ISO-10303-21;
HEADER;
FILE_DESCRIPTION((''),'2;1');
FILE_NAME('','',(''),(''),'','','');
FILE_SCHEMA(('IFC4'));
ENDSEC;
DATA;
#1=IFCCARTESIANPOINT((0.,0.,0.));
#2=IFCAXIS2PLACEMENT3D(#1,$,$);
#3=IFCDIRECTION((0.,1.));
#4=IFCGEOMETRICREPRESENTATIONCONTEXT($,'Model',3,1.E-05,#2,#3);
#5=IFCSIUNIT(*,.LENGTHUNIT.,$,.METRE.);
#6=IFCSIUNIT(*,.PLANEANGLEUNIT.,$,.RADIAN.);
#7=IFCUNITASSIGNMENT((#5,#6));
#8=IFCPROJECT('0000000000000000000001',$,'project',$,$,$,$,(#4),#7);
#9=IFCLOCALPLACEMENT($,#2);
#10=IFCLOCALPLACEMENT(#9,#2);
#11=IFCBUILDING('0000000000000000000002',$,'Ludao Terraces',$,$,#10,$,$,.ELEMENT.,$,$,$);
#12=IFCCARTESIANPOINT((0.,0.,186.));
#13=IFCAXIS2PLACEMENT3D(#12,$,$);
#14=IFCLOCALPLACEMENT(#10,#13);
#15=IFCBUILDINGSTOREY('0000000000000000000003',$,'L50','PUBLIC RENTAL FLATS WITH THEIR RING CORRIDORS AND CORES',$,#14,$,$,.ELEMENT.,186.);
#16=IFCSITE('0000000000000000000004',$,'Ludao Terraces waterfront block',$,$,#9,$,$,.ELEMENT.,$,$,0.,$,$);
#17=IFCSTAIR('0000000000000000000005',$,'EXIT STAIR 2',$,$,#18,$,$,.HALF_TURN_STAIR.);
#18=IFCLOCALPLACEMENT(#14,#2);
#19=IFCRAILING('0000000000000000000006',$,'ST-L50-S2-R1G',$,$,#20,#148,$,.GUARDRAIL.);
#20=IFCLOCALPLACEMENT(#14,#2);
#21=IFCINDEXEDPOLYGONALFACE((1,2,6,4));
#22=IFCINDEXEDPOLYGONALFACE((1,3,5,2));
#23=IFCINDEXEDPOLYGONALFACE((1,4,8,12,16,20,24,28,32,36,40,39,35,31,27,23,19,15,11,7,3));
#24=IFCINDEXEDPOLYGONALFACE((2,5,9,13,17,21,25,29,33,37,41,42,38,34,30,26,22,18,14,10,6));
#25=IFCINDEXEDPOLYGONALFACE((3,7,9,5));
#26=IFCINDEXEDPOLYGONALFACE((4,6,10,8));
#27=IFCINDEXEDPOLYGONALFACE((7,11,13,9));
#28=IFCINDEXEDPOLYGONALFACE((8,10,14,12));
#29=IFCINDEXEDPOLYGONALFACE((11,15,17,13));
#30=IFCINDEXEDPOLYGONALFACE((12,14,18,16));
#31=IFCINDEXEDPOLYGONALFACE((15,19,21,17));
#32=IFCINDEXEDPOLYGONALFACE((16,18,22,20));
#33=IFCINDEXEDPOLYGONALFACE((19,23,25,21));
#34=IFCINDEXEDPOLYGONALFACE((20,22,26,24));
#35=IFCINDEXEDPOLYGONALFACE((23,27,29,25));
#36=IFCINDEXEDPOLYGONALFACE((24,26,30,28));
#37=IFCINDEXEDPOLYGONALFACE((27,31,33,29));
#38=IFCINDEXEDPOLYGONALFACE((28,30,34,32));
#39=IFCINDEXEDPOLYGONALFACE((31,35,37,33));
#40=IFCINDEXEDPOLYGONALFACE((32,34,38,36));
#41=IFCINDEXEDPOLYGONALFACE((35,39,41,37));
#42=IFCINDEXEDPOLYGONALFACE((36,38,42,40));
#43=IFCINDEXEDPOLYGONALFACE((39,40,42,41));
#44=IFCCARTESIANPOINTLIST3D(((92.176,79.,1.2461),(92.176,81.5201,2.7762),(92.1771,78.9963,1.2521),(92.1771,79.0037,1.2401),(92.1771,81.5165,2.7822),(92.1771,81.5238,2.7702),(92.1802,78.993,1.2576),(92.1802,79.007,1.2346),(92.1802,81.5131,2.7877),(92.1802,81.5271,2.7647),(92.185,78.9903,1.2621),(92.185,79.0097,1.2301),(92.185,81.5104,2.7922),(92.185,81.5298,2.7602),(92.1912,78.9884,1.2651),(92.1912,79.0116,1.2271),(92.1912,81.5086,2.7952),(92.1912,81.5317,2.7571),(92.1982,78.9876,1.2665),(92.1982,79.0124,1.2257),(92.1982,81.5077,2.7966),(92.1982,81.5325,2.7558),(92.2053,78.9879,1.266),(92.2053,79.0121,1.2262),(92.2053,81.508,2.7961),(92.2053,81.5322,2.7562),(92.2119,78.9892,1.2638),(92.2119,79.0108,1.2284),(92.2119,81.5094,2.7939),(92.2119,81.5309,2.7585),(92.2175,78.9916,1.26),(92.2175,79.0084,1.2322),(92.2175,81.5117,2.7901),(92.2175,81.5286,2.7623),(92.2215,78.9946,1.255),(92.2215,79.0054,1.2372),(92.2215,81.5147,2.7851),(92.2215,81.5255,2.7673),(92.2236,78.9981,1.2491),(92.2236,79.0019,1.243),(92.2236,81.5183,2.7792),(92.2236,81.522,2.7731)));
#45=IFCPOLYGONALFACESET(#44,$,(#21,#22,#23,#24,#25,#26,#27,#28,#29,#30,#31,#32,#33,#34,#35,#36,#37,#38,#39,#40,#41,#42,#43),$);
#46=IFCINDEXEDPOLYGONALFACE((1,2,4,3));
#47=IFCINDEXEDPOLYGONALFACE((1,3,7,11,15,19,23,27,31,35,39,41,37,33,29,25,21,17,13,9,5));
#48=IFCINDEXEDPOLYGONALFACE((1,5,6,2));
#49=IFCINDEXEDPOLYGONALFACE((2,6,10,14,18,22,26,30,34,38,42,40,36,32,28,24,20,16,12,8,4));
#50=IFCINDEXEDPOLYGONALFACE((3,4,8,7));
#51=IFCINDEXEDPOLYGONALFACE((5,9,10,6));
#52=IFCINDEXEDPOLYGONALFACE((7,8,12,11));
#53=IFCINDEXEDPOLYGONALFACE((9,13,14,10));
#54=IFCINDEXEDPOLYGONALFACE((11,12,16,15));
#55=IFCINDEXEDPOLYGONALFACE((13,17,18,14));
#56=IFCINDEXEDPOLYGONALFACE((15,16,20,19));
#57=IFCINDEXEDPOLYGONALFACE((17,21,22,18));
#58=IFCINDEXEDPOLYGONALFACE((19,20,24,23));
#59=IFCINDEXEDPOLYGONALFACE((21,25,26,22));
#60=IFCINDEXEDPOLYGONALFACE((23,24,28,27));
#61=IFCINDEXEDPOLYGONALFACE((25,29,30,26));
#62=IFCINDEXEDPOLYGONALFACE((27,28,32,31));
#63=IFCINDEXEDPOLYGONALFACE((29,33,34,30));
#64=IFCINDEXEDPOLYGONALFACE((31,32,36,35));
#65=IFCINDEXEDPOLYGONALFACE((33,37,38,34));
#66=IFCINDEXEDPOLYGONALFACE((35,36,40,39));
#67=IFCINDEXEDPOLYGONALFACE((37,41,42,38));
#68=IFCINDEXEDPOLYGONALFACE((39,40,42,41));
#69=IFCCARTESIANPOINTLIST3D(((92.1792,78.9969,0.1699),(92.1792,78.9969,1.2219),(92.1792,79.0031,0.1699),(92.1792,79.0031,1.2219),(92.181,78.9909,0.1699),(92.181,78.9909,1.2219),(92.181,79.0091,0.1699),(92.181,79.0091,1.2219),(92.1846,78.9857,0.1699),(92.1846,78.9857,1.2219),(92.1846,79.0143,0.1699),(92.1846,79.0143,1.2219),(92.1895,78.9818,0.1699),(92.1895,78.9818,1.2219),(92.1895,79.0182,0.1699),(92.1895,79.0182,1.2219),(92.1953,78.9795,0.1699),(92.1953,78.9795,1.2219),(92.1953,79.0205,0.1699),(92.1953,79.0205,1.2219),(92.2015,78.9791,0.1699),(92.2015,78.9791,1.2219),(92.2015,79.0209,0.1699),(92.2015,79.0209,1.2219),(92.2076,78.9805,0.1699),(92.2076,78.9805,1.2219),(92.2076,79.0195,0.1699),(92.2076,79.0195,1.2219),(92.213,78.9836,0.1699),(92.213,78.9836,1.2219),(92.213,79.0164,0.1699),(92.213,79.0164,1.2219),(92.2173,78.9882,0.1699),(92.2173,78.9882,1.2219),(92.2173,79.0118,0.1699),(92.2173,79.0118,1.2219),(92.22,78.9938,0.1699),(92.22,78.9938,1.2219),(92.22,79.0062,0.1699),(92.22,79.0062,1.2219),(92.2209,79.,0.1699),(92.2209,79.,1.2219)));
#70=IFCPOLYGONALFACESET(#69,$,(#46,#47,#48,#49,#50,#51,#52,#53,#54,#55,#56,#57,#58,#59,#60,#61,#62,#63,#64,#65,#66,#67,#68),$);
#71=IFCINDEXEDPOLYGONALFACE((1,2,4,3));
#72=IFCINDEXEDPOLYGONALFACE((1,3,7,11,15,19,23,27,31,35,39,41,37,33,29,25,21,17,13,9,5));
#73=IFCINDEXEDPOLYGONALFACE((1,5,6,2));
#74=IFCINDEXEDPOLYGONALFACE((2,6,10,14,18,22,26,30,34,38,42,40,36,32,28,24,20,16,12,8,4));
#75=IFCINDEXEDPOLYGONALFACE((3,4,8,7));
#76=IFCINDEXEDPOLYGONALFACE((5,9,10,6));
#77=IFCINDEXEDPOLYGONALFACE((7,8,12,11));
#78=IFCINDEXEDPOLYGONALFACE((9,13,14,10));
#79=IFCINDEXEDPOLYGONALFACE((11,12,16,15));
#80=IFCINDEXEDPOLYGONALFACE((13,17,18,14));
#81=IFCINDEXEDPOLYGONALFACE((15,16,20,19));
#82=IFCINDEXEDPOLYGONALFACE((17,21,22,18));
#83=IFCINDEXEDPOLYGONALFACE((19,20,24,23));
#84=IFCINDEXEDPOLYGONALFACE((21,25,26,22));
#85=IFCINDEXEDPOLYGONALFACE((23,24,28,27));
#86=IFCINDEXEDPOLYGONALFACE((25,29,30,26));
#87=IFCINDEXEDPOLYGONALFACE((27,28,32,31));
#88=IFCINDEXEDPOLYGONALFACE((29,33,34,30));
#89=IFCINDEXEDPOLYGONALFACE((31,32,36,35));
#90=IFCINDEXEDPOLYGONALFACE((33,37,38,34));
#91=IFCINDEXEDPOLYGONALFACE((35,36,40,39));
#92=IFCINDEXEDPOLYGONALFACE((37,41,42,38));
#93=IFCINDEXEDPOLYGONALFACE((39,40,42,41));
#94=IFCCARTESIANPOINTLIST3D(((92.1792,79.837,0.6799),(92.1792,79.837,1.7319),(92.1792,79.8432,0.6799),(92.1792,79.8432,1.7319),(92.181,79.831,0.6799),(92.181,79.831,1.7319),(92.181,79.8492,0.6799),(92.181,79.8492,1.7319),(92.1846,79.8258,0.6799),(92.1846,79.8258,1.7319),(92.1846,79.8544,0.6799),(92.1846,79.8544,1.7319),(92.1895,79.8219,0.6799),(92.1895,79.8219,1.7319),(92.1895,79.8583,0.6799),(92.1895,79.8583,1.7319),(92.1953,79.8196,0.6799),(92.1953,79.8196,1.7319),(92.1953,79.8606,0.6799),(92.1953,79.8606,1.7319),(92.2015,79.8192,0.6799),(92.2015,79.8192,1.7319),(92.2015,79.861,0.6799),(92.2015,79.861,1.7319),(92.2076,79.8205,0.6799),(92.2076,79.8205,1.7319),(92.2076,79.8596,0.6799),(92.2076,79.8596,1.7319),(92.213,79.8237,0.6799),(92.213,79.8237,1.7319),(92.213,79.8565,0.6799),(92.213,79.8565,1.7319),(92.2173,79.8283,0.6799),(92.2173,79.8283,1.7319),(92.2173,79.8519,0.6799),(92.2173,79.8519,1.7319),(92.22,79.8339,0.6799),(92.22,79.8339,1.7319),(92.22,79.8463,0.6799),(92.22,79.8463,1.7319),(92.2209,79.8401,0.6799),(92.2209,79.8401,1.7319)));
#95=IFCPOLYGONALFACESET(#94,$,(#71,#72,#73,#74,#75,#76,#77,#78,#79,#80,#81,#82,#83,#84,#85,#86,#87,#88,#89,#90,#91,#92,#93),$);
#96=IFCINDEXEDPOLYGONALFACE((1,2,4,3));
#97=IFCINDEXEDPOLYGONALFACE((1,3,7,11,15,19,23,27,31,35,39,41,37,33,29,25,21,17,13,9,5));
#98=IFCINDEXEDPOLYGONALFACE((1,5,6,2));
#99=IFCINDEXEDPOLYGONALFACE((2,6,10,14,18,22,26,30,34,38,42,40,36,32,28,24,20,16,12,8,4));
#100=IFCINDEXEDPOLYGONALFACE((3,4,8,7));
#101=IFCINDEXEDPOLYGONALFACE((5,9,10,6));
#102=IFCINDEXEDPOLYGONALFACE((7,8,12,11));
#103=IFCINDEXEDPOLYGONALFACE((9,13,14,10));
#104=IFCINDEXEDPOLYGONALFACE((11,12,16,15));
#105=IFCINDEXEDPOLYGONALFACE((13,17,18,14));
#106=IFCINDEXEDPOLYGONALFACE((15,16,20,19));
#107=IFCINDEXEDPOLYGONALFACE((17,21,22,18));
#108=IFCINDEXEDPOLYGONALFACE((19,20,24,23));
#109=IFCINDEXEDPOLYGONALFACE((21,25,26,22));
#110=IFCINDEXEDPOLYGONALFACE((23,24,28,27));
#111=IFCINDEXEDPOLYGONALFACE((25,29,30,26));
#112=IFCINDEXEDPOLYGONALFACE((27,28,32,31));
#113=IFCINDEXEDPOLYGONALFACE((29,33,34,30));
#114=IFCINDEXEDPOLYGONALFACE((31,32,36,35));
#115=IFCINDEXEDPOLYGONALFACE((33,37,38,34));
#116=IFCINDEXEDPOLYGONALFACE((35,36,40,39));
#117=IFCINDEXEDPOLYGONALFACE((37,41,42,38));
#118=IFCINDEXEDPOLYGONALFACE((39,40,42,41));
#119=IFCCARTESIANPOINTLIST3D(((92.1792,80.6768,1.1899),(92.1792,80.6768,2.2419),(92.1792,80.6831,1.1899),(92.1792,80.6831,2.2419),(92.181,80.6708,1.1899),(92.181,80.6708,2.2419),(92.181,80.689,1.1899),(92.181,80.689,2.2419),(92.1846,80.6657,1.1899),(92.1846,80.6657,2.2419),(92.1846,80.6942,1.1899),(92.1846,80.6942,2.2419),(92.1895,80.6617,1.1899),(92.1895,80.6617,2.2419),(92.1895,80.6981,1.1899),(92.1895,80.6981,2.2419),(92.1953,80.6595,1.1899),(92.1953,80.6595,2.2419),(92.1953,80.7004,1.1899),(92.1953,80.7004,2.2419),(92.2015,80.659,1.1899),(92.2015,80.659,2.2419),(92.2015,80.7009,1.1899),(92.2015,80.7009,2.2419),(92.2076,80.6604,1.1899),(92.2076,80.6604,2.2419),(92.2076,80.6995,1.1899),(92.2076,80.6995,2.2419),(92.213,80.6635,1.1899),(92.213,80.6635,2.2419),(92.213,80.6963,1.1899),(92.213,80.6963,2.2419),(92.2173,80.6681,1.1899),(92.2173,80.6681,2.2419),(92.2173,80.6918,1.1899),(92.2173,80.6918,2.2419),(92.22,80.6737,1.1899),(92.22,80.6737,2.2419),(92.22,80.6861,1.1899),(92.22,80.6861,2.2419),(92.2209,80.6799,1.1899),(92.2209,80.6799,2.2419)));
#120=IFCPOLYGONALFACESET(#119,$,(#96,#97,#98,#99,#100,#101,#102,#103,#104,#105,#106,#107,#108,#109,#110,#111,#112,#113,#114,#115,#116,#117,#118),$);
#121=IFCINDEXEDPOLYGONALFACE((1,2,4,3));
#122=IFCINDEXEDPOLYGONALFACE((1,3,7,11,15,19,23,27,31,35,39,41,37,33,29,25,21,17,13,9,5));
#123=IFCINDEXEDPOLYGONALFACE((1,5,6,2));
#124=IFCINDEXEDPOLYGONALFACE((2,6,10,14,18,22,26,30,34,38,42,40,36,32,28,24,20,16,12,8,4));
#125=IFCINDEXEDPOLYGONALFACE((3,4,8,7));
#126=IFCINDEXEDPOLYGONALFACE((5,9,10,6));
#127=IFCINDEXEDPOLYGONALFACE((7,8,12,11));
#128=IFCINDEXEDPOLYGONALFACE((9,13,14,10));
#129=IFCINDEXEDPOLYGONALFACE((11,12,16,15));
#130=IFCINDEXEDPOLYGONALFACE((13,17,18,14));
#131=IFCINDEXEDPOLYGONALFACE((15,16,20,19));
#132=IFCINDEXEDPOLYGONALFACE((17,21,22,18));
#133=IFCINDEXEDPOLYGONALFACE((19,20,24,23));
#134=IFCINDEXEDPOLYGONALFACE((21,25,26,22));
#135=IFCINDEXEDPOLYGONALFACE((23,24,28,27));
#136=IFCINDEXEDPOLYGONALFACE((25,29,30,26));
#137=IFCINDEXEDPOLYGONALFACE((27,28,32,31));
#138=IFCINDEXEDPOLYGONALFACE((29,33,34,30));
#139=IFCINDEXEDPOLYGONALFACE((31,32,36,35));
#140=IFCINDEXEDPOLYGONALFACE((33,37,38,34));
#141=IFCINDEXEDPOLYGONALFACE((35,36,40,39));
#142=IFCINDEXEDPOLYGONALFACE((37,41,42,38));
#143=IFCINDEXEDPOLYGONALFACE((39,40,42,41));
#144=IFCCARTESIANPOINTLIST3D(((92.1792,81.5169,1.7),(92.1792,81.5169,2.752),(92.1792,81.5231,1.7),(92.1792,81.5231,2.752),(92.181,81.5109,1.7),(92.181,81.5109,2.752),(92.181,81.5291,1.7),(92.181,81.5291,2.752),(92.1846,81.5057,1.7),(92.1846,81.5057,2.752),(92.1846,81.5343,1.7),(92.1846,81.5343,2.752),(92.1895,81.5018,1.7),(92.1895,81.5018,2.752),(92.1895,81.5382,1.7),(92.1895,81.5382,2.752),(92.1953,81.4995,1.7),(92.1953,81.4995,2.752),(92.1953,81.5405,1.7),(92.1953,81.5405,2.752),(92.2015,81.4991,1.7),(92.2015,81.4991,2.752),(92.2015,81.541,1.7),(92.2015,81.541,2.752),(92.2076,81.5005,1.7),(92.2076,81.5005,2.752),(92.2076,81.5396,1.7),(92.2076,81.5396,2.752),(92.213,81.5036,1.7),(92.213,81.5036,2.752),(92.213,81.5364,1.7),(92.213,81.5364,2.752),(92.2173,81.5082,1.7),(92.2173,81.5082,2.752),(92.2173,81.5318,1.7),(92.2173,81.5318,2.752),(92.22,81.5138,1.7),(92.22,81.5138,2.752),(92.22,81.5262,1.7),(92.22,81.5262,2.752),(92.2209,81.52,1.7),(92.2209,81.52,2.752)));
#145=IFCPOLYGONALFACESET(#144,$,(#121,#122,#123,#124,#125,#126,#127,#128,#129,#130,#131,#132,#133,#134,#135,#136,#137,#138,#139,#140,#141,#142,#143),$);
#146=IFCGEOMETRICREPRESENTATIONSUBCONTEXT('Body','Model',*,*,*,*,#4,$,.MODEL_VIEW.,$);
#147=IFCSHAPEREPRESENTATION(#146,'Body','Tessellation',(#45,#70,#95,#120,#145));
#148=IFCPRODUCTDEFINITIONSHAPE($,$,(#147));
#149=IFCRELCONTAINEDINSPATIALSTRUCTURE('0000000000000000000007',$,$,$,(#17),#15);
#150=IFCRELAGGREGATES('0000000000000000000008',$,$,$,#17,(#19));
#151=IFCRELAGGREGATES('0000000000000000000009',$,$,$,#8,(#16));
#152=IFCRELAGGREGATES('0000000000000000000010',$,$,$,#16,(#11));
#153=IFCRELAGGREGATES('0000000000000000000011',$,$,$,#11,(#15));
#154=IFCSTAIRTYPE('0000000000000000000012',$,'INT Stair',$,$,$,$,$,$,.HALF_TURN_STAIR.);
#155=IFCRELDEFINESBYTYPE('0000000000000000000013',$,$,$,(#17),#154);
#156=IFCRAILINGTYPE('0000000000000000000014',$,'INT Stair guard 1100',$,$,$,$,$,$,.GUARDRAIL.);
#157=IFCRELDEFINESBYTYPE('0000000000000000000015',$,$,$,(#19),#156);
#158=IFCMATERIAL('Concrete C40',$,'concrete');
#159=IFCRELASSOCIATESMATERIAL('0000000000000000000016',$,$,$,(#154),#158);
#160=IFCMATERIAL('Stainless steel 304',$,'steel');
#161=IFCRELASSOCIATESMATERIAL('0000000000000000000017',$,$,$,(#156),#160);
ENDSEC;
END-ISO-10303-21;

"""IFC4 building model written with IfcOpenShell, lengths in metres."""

from ifc_helpers import new_model, si_unit, direction, frame, origin, origin_2d, place, context, subcontext, project, spatial, circle, extrude, material, type_object, element, aggregate, save


model = new_model("IFC4")

# Units and contexts
model_context = context("Model", 3, precision=1e-05, world=origin(), true_north=direction((0.0, 1.0)))
body_context = subcontext(model_context, "Body", "Model", "MODEL_VIEW")
ifc_project = project(units=[si_unit("LENGTHUNIT", "METRE"), si_unit("PLANEANGLEUNIT", "RADIAN")], contexts=[model_context])

# Site, building, storey
site_placement = place(None, origin())
site = spatial("IfcSite", under=ifc_project, at=site_placement, Name="Ludao Terraces waterfront block", CompositionType="ELEMENT", RefElevation=0.0)
building_placement = place(site_placement, origin())
building = spatial("IfcBuilding", under=site, at=building_placement, Name="Ludao Terraces", CompositionType="ELEMENT")
storey_placement = place(building_placement, frame((0.0, 0.0, 186.0)))
storey = spatial("IfcBuildingStorey", under=building, at=storey_placement, Name="L50", Description="PUBLIC RENTAL FLATS WITH THEIR RING CORRIDORS AND CORES", CompositionType="ELEMENT", Elevation=186.0)

# Shared definitions
ifc_material_1 = material(Name="Concrete C40", Category="concrete")

# Shared definitions
ifc_material_2 = material(Name="Stainless steel 304", Category="steel")

# Stair, railing
stair_type = type_object("IfcStairType", Name="INT Stair", PredefinedType="HALF_TURN_STAIR", material=ifc_material_1)
stair_placement = place(storey_placement, origin())
stair = element("IfcStair", 1, at=stair_placement, inside=storey, type_object=stair_type, Name="EXIT STAIR 2", PredefinedType="HALF_TURN_STAIR")
railing_type_1 = type_object("IfcRailingType", Name="INT Stair guard 1100", PredefinedType="GUARDRAIL", material=ifc_material_2)
railing_1_placement = place(storey_placement, frame((92.2, 79.0, 0.1699)))
railing_1 = element("IfcRailing", 2, at=railing_1_placement, type_object=railing_type_1, Name="ST-L50-S2-R1G", PredefinedType="GUARDRAIL", context=body_context, shape_type="SweptSolid", body=[
    extrude(circle(Radius=0.0239, at=origin_2d()), frame((0.0, 0.0, 1.0762), z_axis=(0.0, 0.854785, 0.518982), x_axis=(-1.0, 0.0, 0.0)), (0.0, 0.0, 1.0), 2.9482),
    extrude(circle(Radius=0.021, at=origin_2d()), origin(), (0.0, 0.0, 1.0), 1.052),
    extrude(circle(Radius=0.021, at=origin_2d()), frame((0.0, 0.8401, 0.51)), (0.0, 0.0, 1.0), 1.052),
    extrude(circle(Radius=0.021, at=origin_2d()), frame((0.0, 1.6799, 1.02)), (0.0, 0.0, 1.0), 1.052),
    extrude(circle(Radius=0.021, at=origin_2d()), frame((0.0, 2.52, 1.53)), (0.0, 0.0, 1.0), 1.052),
])
aggregate(stair, [railing_1])

save(model, "model.ifc")
